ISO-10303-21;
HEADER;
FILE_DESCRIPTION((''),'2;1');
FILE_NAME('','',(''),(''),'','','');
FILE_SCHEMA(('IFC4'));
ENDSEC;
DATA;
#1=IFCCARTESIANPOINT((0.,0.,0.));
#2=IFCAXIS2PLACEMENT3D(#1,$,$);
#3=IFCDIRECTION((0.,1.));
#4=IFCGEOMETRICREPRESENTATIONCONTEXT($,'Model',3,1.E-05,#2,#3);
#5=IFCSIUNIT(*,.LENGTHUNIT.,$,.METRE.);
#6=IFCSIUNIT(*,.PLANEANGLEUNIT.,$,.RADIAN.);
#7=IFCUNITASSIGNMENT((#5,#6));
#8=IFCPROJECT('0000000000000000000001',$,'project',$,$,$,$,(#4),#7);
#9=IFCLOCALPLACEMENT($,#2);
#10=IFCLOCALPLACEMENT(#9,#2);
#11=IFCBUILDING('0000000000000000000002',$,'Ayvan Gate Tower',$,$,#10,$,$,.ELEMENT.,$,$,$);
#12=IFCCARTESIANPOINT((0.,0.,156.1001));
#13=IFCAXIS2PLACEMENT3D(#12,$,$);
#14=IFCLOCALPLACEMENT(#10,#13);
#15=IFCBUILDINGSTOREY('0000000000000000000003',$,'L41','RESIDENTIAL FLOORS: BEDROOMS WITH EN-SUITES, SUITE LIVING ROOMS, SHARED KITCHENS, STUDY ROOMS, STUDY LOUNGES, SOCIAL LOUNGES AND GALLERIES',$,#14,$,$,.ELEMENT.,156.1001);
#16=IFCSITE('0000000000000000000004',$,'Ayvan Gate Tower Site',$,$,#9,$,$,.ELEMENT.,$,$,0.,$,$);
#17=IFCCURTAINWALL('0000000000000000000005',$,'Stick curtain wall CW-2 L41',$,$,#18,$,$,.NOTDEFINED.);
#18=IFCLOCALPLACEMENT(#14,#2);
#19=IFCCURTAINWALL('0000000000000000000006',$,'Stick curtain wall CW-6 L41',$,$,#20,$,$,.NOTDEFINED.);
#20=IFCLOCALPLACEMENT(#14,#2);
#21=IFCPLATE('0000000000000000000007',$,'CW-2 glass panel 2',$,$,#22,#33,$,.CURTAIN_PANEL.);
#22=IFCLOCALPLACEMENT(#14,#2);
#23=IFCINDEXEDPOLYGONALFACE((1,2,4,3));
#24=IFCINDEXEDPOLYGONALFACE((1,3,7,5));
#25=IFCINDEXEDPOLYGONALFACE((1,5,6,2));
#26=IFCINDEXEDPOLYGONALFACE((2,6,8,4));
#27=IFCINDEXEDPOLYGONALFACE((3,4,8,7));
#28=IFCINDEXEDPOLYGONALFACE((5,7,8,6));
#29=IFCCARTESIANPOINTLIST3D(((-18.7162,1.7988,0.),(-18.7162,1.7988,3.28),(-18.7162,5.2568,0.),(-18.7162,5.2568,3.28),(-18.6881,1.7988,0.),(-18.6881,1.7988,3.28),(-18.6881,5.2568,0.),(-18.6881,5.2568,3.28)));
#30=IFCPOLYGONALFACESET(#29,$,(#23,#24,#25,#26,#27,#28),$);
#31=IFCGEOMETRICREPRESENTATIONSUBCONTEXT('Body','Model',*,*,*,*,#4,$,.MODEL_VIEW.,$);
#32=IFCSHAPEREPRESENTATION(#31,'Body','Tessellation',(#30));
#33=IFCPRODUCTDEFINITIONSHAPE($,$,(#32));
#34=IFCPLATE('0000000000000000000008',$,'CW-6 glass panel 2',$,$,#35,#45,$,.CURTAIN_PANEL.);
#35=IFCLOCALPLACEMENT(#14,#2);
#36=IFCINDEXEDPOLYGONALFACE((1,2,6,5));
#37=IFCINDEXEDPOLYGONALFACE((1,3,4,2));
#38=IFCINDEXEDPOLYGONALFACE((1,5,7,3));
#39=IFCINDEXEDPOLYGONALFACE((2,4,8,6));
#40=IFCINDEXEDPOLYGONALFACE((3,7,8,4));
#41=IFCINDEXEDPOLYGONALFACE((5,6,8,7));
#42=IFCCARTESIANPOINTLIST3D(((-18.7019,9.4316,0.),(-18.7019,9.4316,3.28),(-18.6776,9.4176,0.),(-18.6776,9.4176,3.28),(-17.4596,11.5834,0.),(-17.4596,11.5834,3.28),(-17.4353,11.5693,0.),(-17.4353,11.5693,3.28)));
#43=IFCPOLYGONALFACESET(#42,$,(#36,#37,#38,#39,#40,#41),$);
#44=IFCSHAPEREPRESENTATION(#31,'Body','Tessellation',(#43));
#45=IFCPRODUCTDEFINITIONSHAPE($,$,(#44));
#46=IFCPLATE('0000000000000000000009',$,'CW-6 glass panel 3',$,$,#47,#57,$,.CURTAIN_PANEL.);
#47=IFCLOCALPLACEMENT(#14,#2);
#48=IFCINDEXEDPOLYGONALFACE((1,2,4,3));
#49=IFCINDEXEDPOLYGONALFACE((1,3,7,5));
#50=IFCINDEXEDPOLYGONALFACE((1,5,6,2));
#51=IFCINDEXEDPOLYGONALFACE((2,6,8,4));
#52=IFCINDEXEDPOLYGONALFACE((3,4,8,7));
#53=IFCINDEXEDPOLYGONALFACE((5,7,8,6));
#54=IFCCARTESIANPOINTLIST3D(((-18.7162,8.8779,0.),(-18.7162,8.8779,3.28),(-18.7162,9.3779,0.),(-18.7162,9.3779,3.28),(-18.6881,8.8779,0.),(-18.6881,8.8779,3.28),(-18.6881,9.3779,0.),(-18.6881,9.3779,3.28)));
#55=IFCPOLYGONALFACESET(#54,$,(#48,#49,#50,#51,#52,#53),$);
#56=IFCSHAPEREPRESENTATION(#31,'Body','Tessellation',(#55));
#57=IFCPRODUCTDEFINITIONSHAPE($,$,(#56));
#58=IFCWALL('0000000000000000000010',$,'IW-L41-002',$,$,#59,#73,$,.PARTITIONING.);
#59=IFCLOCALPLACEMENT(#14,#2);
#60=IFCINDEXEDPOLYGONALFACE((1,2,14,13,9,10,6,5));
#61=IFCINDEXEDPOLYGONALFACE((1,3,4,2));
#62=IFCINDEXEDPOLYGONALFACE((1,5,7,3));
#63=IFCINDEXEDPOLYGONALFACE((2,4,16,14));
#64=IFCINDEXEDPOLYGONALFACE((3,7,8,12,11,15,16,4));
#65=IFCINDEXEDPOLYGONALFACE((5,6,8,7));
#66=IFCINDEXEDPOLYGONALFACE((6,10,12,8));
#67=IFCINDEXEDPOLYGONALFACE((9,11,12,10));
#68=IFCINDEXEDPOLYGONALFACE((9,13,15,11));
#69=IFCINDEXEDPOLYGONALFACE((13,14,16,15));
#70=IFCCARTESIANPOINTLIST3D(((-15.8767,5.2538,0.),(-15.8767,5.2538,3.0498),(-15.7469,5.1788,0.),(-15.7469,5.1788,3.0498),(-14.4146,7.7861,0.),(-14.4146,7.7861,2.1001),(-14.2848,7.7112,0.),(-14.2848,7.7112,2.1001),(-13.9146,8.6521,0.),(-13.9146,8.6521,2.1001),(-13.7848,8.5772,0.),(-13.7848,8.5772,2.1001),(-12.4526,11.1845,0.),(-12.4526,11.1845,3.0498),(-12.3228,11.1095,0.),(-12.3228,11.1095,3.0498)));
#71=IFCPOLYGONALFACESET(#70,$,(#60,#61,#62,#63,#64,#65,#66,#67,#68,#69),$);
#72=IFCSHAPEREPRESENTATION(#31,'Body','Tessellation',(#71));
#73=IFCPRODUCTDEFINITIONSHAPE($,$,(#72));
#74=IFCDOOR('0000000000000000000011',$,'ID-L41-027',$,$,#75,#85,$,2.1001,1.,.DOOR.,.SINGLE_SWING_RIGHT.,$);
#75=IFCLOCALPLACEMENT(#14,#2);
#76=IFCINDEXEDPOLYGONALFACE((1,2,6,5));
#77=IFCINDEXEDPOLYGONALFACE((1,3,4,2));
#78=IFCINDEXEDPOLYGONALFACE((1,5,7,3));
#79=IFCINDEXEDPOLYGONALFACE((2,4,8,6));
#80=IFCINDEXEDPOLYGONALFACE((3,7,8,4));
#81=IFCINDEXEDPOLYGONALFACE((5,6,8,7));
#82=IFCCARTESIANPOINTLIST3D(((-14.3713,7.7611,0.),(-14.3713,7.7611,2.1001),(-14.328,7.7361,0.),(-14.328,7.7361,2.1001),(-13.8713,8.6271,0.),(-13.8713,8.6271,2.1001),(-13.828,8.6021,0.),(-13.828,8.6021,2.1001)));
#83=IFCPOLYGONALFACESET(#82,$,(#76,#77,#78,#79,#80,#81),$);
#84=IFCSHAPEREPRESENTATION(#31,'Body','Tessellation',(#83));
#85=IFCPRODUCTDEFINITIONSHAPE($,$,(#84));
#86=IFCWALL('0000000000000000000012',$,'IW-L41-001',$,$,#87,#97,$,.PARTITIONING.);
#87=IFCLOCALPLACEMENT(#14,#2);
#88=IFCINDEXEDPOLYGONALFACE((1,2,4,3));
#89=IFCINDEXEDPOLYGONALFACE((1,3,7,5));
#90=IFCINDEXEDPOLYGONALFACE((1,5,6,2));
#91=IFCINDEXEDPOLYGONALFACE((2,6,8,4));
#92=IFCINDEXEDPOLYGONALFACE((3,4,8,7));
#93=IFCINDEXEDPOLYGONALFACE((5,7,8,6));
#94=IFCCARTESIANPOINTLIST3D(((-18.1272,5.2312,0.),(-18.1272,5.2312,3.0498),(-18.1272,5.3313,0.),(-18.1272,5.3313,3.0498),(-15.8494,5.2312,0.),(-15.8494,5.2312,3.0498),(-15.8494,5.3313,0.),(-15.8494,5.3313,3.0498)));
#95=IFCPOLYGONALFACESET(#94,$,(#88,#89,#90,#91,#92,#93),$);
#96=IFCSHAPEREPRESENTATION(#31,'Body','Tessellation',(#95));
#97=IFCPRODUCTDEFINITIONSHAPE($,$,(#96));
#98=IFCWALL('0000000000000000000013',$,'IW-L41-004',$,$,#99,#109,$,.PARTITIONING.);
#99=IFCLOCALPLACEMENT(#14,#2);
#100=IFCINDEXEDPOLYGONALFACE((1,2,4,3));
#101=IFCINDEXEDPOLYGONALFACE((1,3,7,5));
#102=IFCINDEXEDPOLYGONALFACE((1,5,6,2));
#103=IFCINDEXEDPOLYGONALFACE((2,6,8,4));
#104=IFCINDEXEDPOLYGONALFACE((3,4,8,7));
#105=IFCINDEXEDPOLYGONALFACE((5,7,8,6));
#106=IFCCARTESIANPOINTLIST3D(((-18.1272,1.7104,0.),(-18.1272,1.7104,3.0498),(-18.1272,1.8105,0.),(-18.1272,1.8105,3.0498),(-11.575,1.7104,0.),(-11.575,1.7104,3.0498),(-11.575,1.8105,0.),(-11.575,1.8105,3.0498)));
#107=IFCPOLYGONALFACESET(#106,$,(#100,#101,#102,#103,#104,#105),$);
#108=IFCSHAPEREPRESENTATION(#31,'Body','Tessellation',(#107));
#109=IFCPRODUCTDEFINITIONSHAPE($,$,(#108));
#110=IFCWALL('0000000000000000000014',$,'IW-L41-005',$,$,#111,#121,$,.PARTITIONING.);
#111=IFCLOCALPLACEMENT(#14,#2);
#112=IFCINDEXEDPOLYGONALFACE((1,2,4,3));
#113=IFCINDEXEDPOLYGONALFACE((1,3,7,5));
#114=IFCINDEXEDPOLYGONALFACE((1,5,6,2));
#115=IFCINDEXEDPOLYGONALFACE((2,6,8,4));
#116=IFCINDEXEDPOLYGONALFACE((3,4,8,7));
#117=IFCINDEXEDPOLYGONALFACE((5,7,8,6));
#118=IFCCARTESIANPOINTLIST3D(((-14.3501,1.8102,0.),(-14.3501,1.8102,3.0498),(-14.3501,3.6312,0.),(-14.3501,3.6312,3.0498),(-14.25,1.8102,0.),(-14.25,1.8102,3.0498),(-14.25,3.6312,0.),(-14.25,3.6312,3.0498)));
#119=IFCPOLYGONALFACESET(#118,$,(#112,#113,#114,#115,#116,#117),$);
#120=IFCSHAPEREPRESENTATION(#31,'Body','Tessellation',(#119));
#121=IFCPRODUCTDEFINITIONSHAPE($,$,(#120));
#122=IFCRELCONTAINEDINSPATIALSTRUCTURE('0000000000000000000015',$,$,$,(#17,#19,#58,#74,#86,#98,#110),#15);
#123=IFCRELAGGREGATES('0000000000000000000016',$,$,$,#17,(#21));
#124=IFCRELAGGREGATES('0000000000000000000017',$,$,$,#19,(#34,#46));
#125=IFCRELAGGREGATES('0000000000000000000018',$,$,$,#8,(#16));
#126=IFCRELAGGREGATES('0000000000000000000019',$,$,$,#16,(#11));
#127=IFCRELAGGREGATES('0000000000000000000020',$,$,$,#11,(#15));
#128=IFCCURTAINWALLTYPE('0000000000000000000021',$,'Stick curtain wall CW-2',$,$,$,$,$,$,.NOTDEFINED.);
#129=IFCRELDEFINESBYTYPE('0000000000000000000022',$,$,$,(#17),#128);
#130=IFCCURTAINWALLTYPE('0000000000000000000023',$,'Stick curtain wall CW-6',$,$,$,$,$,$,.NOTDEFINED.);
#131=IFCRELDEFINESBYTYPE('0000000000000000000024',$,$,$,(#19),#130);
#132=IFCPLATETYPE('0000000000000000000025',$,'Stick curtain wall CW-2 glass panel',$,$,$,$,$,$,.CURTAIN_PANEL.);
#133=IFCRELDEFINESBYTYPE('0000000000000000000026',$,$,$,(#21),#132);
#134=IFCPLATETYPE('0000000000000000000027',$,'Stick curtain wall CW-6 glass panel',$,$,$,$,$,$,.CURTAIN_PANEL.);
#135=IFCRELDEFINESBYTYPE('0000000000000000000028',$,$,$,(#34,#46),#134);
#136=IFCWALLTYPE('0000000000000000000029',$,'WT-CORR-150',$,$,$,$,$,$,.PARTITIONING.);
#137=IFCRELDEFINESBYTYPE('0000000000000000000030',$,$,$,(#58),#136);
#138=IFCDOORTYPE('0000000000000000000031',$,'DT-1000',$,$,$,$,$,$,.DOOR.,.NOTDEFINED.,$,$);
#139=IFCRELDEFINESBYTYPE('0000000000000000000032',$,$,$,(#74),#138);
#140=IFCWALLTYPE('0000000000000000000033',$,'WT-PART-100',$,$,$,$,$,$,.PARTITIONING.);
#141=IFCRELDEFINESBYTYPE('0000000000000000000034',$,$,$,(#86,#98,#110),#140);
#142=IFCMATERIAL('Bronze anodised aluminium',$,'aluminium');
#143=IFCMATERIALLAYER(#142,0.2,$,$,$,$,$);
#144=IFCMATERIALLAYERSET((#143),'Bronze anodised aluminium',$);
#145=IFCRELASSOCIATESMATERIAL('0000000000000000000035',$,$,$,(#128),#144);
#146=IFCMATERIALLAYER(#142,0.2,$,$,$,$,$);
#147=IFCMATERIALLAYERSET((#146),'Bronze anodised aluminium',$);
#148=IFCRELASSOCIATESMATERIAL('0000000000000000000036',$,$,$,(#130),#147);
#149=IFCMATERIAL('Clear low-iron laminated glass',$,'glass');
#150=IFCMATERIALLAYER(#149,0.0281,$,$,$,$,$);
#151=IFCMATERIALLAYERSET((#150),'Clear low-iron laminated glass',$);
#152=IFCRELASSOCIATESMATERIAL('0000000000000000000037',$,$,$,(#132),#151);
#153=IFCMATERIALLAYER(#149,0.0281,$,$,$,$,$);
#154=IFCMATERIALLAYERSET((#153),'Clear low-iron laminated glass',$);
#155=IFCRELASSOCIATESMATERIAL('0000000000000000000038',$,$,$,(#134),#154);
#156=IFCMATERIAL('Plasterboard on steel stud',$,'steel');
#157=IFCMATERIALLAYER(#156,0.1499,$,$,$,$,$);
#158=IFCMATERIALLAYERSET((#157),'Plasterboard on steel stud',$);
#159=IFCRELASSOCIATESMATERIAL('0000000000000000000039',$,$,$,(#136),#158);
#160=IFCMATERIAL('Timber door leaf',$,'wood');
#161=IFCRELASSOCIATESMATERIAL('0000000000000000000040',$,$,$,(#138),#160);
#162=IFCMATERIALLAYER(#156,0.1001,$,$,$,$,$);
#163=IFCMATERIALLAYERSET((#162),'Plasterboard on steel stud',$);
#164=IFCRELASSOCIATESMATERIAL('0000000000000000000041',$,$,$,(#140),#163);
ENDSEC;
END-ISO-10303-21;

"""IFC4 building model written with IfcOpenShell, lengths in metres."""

from ifc_helpers import new_model, si_unit, direction, frame, frame_2d, origin, origin_2d, place, context, subcontext, project, spatial, rectangle, extrude, material, layer, layer_set, type_object, element, fill, aggregate, save


model = new_model("IFC4")

# Units and contexts
model_context = context("Model", 3, precision=1e-05, world=origin(), true_north=direction((0.0, 1.0)))
body_context = subcontext(model_context, "Body", "Model", "MODEL_VIEW")
ifc_project = project(units=[si_unit("LENGTHUNIT", "METRE"), si_unit("PLANEANGLEUNIT", "RADIAN")], contexts=[model_context])

# Site, building, storey
site_placement = place(None, origin())
site = spatial("IfcSite", under=ifc_project, at=site_placement, Name="Ayvan Gate Tower Site", CompositionType="ELEMENT", RefElevation=0.0)
building_placement = place(site_placement, origin())
building = spatial("IfcBuilding", under=site, at=building_placement, Name="Ayvan Gate Tower", CompositionType="ELEMENT")
storey_placement = place(building_placement, frame((0.0, 0.0, 156.1001)))
storey = spatial("IfcBuildingStorey", under=building, at=storey_placement, Name="L41", Description="RESIDENTIAL FLOORS: BEDROOMS WITH EN-SUITES, SUITE LIVING ROOMS, SHARED KITCHENS, STUDY ROOMS, STUDY LOUNGES, SOCIAL LOUNGES AND GALLERIES", CompositionType="ELEMENT", Elevation=156.1001)

# Curtain walls
ifc_material_1 = material(Name="Bronze anodised aluminium", Category="aluminium")
ifc_layer_1 = layer(ifc_material_1, 0.2)
ifc_layer_set_1 = layer_set([ifc_layer_1], Name="Bronze anodised aluminium")
curtain_wall_type_1 = type_object("IfcCurtainWallType", Name="Stick curtain wall CW-2", PredefinedType="NOTDEFINED", material=ifc_layer_set_1)
curtain_wall_1_placement = place(storey_placement, origin())
curtain_wall_1 = element("IfcCurtainWall", 1, at=curtain_wall_1_placement, inside=storey, type_object=curtain_wall_type_1, Name="Stick curtain wall CW-2 L41", PredefinedType="NOTDEFINED")
ifc_layer_2 = layer(ifc_material_1, 0.2)
ifc_layer_set_2 = layer_set([ifc_layer_2], Name="Bronze anodised aluminium")
curtain_wall_type_2 = type_object("IfcCurtainWallType", Name="Stick curtain wall CW-6", PredefinedType="NOTDEFINED", material=ifc_layer_set_2)
curtain_wall_2_placement = place(storey_placement, origin())
curtain_wall_2 = element("IfcCurtainWall", 2, at=curtain_wall_2_placement, inside=storey, type_object=curtain_wall_type_2, Name="Stick curtain wall CW-6 L41", PredefinedType="NOTDEFINED")

# Plates
ifc_material_2 = material(Name="Clear low-iron laminated glass", Category="glass")
ifc_layer_3 = layer(ifc_material_2, 0.0281)
ifc_layer_set_3 = layer_set([ifc_layer_3], Name="Clear low-iron laminated glass")
plate_type_1 = type_object("IfcPlateType", Name="Stick curtain wall CW-2 glass panel", PredefinedType="CURTAIN_PANEL", material=ifc_layer_set_3)
plate_1_placement = place(storey_placement, frame((-18.7021, 3.5278, 0.0), z_axis=(0.0, 0.0, 1.0), x_axis=(0.0, -1.0, 0.0)))
plate_1 = element("IfcPlate", 3, at=plate_1_placement, type_object=plate_type_1, Name="CW-2 glass panel 2", PredefinedType="CURTAIN_PANEL", context=body_context, shape_type="SweptSolid", body=[
    extrude(rectangle(XDim=3.458, YDim=0.0281, at=origin_2d()), origin(), (0.0, 0.0, 1.0), 3.28),
])
aggregate(curtain_wall_1, [plate_1])
ifc_layer_4 = layer(ifc_material_2, 0.0281)
ifc_layer_set_4 = layer_set([ifc_layer_4], Name="Clear low-iron laminated glass")
plate_type_2 = type_object("IfcPlateType", Name="Stick curtain wall CW-6 glass panel", PredefinedType="CURTAIN_PANEL", material=ifc_layer_set_4)
plate_2_placement = place(storey_placement, frame((-18.0686, 10.5005, 0.0), z_axis=(0.0, 0.0, 1.0), x_axis=(-0.5, -0.866025, 0.0)))
plate_2 = element("IfcPlate", 4, at=plate_2_placement, type_object=plate_type_2, Name="CW-6 glass panel 2", PredefinedType="CURTAIN_PANEL", context=body_context, shape_type="SweptSolid", body=[
    extrude(rectangle(XDim=2.4846, YDim=0.0281, at=origin_2d()), origin(), (0.0, 0.0, 1.0), 3.28),
])
plate_3_placement = place(storey_placement, frame((-18.7021, 9.1279, 0.0), z_axis=(0.0, 0.0, 1.0), x_axis=(0.0, -1.0, 0.0)))
plate_3 = element("IfcPlate", 5, at=plate_3_placement, type_object=plate_type_2, Name="CW-6 glass panel 3", PredefinedType="CURTAIN_PANEL", context=body_context, shape_type="SweptSolid", body=[
    extrude(rectangle(XDim=0.5, YDim=0.0281, at=origin_2d()), origin(), (0.0, 0.0, 1.0), 3.28),
])
aggregate(curtain_wall_2, [plate_2, plate_3])

# Wall, opening, door
ifc_material_3 = material(Name="Plasterboard on steel stud", Category="steel")
ifc_layer_5 = layer(ifc_material_3, 0.1499)
ifc_layer_set_5 = layer_set([ifc_layer_5], Name="Plasterboard on steel stud")
wall_type_1 = type_object("IfcWallType", Name="WT-CORR-150", PredefinedType="PARTITIONING", material=ifc_layer_set_5)
wall_1_placement = place(storey_placement, frame((-15.8118, 5.2163, 0.0), z_axis=(0.0, 0.0, 1.0), x_axis=(0.5, 0.866025, 0.0)))
wall_1 = element("IfcWall", 6, at=wall_1_placement, inside=storey, type_object=wall_type_1, Name="IW-L41-002", PredefinedType="PARTITIONING", context=body_context, shape_type="SweptSolid", body=[
    extrude(rectangle(XDim=6.8481, YDim=0.1499, at=frame_2d((3.4241, 0.0))), origin(), (0.0, 0.0, 1.0), 3.0498),
])
opening_placement = place(wall_1_placement, frame((2.9241, 0.0, 0.0)))
opening = element("IfcOpeningElement", 7, at=opening_placement, cuts=wall_1, PredefinedType="OPENING", context=body_context, shape_type="SweptSolid", body=[
    extrude(rectangle(XDim=1.0, YDim=2.1001, at=frame_2d((0.5, 1.05))), frame((0.0, 0.085, 0.0), z_axis=(0.0, -1.0, 0.0), x_axis=(1.0, 0.0, 0.0)), (0.0, 0.0, 1.0), 0.1699),
])
ifc_material_4 = material(Name="Timber door leaf", Category="wood")
door_type = type_object("IfcDoorType", Name="DT-1000", OperationType="NOTDEFINED", PredefinedType="DOOR", material=ifc_material_4)
door_placement = place(opening_placement, origin())
door = element("IfcDoor", 8, at=door_placement, inside=storey, type_object=door_type, Name="ID-L41-027", OperationType="SINGLE_SWING_RIGHT", OverallHeight=2.1001, OverallWidth=1.0, PredefinedType="DOOR", context=body_context, shape_type="SweptSolid", body=[
    extrude(rectangle(XDim=1.0, YDim=2.1001, at=frame_2d((0.5, 1.05))), frame((0.0, 0.0249, 0.0), z_axis=(0.0, -1.0, 0.0), x_axis=(1.0, 0.0, 0.0)), (0.0, 0.0, 1.0), 0.05),
])
fill(opening, door)

# Walls
ifc_layer_6 = layer(ifc_material_3, 0.1001)
ifc_layer_set_6 = layer_set([ifc_layer_6], Name="Plasterboard on steel stud")
wall_type_2 = type_object("IfcWallType", Name="WT-PART-100", PredefinedType="PARTITIONING", material=ifc_layer_set_6)
wall_2_placement = place(storey_placement, frame((-15.8494, 5.2812, 0.0), z_axis=(0.0, 0.0, 1.0), x_axis=(-1.0, 0.0, 0.0)))
element("IfcWall", 9, at=wall_2_placement, inside=storey, type_object=wall_type_2, Name="IW-L41-001", PredefinedType="PARTITIONING", context=body_context, shape_type="SweptSolid", body=[
    extrude(rectangle(XDim=2.2778, YDim=0.1001, at=frame_2d((1.1389, 0.0))), origin(), (0.0, 0.0, 1.0), 3.0498),
])
wall_3_placement = place(storey_placement, frame((-18.1272, 1.7605, 0.0), z_axis=(0.0, 0.0, 1.0), x_axis=(1.0, 0.0, 0.0)))
element("IfcWall", 10, at=wall_3_placement, inside=storey, type_object=wall_type_2, Name="IW-L41-004", PredefinedType="PARTITIONING", context=body_context, shape_type="SweptSolid", body=[
    extrude(rectangle(XDim=6.5522, YDim=0.1001, at=frame_2d((3.2761, 0.0))), origin(), (0.0, 0.0, 1.0), 3.0498),
])
wall_4_placement = place(storey_placement, frame((-14.3, 3.6313, 0.0), z_axis=(0.0, 0.0, 1.0), x_axis=(0.0, -1.0, 0.0)))
element("IfcWall", 11, at=wall_4_placement, inside=storey, type_object=wall_type_2, Name="IW-L41-005", PredefinedType="PARTITIONING", context=body_context, shape_type="SweptSolid", body=[
    extrude(rectangle(XDim=1.821, YDim=0.1001, at=frame_2d((0.9106, 0.0))), origin(), (0.0, 0.0, 1.0), 3.0498),
])

save(model, "model.ifc")
